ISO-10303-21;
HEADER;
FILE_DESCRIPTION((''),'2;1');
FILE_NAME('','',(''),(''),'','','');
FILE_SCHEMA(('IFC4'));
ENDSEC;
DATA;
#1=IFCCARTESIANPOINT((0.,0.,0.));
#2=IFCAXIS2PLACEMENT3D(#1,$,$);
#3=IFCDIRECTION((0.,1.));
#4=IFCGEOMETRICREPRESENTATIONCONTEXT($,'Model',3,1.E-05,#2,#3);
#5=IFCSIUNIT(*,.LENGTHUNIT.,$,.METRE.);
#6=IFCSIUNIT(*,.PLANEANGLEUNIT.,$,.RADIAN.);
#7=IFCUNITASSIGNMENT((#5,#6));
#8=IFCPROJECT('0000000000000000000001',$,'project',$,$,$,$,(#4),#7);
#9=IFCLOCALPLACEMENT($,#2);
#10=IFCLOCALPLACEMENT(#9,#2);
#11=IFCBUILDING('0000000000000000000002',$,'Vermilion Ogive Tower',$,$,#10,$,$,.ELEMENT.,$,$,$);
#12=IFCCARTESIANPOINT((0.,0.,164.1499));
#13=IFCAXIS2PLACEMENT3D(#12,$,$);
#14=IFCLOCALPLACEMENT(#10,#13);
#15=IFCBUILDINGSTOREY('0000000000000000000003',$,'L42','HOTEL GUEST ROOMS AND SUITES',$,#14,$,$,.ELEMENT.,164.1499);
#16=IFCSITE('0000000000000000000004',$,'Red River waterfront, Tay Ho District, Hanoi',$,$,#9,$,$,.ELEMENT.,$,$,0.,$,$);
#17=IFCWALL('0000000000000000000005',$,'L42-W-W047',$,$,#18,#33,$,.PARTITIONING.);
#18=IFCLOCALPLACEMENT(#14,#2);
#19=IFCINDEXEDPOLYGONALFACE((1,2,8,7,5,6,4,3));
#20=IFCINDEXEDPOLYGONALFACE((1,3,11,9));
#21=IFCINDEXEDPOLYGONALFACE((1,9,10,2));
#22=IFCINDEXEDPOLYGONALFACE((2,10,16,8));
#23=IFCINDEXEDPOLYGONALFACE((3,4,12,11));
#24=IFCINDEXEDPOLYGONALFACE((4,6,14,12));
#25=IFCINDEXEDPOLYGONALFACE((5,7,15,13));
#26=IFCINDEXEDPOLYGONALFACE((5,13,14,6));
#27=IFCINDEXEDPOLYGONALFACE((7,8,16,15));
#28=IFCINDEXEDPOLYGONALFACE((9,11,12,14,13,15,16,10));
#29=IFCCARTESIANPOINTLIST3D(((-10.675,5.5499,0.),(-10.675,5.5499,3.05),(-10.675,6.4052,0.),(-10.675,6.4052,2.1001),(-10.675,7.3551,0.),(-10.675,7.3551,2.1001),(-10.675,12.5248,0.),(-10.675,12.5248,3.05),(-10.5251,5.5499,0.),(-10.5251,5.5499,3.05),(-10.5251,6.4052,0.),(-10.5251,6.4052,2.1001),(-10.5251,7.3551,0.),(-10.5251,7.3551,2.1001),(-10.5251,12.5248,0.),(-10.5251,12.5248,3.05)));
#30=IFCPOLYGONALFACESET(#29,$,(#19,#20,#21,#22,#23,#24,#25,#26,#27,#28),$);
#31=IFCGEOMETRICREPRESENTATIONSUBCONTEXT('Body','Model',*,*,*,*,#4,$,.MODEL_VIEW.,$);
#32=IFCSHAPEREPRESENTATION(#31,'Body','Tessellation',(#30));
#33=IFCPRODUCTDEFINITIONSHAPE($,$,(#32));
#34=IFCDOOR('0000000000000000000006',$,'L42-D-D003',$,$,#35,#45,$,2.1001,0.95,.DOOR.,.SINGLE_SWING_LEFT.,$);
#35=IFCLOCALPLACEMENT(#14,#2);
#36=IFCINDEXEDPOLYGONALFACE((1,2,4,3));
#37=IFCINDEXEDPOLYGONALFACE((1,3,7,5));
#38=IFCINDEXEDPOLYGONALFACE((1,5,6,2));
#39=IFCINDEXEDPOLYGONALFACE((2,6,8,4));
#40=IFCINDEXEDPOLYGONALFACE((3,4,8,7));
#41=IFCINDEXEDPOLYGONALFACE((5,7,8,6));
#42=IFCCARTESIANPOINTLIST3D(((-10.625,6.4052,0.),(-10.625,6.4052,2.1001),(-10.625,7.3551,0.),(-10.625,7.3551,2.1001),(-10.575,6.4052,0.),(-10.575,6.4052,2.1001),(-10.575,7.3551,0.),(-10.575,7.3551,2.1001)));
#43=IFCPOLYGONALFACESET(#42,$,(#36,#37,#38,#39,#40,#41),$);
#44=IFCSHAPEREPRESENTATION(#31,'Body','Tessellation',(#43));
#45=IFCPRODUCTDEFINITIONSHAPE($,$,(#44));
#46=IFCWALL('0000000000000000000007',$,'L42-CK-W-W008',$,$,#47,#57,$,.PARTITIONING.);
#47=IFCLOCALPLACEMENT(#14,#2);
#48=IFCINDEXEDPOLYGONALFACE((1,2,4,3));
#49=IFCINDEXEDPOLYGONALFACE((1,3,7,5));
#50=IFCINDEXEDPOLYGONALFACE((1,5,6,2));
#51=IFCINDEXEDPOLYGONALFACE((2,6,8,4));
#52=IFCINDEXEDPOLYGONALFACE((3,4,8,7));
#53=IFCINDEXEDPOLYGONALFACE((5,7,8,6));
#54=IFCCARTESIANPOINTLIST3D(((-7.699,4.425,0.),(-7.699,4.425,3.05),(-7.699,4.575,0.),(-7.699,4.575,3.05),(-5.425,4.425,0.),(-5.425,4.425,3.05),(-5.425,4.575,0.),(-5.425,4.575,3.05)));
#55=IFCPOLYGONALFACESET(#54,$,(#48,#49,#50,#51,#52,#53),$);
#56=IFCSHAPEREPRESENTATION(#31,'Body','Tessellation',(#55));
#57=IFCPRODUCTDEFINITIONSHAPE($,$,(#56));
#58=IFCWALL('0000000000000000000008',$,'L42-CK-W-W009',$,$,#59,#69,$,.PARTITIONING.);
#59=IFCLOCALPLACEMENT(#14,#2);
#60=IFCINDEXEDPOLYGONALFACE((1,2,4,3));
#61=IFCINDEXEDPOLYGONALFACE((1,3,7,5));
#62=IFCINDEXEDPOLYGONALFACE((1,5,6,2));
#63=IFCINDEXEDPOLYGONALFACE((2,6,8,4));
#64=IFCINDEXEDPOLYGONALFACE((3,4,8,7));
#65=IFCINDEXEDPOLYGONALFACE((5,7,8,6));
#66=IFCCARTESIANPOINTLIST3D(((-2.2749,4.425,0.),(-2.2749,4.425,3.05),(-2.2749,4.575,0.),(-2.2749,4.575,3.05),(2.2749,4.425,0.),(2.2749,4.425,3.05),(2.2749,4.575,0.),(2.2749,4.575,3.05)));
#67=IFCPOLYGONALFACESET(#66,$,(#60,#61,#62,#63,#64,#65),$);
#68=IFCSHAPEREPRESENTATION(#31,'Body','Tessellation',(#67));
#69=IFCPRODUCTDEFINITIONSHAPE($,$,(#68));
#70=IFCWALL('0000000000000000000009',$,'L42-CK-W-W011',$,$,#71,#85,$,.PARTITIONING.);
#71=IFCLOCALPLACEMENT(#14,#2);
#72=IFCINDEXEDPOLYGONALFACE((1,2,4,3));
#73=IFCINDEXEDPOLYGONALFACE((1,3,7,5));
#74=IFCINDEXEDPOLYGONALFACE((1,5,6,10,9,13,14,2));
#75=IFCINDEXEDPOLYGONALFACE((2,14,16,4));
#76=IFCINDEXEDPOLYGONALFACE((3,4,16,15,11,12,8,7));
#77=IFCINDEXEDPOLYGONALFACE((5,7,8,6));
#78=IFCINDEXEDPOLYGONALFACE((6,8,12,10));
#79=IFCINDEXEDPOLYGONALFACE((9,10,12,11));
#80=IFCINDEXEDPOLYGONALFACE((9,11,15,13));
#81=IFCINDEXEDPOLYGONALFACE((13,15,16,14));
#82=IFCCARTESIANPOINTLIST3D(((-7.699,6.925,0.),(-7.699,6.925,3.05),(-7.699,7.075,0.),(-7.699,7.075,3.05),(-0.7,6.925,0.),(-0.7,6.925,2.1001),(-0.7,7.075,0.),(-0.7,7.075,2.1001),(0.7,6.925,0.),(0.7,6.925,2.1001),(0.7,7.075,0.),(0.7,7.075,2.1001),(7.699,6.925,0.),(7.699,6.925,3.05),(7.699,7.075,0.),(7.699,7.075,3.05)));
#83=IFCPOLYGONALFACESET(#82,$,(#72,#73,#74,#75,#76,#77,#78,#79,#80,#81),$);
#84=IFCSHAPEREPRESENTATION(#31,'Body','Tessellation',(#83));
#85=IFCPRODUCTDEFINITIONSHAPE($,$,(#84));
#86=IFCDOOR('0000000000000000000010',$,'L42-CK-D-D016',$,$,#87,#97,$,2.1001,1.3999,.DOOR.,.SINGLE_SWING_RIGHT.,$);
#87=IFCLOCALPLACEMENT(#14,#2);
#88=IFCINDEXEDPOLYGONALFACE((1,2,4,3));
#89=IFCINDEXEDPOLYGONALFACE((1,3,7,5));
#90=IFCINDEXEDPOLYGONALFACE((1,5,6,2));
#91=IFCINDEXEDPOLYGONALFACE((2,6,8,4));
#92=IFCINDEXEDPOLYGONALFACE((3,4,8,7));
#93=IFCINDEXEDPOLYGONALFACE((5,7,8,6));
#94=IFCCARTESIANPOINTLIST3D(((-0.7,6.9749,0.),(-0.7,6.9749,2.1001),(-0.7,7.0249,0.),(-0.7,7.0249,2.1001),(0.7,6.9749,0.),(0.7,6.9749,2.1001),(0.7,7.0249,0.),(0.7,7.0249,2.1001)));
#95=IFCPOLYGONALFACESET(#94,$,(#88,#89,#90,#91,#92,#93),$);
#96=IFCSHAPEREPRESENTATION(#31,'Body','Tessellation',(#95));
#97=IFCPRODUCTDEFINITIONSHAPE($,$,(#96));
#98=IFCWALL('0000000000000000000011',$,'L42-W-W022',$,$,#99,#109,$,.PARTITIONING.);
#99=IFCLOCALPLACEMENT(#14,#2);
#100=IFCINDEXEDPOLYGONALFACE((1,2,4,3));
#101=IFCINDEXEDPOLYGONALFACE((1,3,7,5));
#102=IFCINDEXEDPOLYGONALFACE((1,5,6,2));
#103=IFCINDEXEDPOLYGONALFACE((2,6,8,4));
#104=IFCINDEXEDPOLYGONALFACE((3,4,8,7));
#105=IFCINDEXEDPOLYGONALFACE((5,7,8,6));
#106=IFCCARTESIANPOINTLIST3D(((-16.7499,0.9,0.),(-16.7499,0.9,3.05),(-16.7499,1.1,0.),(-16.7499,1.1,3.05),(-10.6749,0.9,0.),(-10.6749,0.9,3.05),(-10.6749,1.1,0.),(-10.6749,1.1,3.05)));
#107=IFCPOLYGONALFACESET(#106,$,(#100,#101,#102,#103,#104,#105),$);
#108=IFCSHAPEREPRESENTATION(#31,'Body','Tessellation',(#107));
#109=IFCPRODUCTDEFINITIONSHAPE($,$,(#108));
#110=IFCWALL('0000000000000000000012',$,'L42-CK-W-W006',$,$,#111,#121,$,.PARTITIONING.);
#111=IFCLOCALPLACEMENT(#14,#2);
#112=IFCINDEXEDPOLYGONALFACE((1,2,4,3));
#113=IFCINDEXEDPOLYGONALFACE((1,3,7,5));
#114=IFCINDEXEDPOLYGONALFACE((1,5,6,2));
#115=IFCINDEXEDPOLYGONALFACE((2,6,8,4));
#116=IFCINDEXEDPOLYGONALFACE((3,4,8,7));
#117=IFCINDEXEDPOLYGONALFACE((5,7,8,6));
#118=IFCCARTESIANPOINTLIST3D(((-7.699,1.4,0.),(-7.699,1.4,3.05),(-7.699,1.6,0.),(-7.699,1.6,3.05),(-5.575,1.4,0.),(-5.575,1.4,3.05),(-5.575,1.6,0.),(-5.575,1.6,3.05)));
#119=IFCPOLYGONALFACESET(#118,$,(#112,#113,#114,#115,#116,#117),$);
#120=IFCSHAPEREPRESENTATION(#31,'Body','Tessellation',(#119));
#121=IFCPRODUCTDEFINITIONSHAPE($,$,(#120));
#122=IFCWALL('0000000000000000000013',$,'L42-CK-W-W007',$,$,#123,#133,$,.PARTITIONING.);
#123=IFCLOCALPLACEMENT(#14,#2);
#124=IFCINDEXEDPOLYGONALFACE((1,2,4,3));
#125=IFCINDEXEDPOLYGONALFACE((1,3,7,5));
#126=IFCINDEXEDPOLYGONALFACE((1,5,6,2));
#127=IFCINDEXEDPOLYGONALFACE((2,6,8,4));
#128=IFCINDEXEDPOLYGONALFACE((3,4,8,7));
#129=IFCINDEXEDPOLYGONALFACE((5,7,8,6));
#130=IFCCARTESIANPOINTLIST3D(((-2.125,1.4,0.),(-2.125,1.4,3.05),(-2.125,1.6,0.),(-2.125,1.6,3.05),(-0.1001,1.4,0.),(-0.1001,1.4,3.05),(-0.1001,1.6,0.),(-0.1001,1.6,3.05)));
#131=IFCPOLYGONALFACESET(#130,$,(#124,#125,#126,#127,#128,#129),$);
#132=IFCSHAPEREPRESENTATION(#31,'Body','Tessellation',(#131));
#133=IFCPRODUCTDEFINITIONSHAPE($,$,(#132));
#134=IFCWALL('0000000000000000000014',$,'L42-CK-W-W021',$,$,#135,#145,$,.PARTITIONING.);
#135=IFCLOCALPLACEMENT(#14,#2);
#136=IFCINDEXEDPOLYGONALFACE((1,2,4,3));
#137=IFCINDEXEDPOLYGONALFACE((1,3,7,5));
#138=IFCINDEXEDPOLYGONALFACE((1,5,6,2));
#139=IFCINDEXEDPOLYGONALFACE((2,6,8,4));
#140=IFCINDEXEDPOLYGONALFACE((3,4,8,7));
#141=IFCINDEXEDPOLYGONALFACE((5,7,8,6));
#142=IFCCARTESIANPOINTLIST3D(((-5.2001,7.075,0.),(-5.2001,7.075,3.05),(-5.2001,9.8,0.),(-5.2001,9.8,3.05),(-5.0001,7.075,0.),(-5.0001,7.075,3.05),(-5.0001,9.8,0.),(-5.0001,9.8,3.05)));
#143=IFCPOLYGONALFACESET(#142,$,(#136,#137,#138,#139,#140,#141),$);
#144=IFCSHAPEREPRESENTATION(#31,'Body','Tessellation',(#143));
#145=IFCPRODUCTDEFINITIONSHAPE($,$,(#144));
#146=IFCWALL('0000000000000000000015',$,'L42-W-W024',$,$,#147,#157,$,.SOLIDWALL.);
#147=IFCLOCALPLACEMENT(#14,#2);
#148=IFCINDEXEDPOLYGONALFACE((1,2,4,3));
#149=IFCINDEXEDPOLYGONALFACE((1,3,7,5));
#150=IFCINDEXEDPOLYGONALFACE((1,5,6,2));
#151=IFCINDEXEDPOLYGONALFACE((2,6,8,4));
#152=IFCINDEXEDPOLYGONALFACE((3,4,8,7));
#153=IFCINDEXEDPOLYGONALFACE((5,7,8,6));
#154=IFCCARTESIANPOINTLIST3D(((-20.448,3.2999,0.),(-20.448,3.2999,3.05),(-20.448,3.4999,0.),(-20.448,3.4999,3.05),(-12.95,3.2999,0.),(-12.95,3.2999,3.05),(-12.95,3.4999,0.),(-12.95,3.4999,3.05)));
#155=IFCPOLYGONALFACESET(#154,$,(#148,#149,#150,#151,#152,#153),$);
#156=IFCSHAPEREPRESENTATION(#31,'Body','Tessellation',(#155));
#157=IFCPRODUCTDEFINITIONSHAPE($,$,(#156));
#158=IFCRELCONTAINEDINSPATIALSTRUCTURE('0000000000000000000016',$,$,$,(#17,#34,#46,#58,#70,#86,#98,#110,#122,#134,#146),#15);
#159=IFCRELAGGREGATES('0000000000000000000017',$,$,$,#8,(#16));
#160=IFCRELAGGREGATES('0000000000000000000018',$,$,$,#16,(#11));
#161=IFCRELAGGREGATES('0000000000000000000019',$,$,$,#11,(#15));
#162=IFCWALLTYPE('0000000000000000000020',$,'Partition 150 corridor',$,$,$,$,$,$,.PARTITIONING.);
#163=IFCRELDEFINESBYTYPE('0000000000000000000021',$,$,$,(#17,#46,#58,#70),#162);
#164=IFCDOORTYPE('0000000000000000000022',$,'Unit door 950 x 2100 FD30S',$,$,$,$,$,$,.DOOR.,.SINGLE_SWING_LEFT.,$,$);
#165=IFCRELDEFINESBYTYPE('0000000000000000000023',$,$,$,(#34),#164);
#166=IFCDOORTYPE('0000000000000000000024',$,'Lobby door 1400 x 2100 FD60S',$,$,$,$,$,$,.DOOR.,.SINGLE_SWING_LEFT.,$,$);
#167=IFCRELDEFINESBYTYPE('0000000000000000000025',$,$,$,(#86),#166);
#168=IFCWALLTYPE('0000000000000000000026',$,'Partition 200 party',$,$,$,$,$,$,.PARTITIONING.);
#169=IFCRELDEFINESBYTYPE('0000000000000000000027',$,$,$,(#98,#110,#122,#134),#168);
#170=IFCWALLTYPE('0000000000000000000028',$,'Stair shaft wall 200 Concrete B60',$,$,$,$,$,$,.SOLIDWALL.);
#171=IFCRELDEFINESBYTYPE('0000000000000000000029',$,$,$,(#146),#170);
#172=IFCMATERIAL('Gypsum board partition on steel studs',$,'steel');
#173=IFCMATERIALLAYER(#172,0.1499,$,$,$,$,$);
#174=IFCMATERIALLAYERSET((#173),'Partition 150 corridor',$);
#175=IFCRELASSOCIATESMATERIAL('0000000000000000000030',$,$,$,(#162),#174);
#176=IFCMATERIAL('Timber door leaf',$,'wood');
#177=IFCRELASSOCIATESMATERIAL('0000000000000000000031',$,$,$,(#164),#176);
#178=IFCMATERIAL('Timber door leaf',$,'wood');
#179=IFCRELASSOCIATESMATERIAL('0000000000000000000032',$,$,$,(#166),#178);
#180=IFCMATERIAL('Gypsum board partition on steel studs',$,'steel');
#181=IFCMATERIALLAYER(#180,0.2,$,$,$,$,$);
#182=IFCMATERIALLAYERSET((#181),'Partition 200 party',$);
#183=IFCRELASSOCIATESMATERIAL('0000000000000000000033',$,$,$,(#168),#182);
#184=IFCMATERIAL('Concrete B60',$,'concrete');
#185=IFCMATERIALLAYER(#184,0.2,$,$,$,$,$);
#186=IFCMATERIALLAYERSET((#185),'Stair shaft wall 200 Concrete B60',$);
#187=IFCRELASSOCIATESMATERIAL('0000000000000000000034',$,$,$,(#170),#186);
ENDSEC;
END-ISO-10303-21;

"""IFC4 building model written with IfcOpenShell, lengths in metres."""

from ifc_helpers import new_model, si_unit, direction, frame, frame_2d, origin, place, context, subcontext, project, spatial, rectangle, extrude, material, layer, layer_set, type_object, element, fill, save


model = new_model("IFC4")

# Units and contexts
model_context = context("Model", 3, precision=1e-05, world=origin(), true_north=direction((0.0, 1.0)))
body_context = subcontext(model_context, "Body", "Model", "MODEL_VIEW")
ifc_project = project(units=[si_unit("LENGTHUNIT", "METRE"), si_unit("PLANEANGLEUNIT", "RADIAN")], contexts=[model_context])

# Site, building, storey
site_placement = place(None, origin())
site = spatial("IfcSite", under=ifc_project, at=site_placement, Name="Red River waterfront, Tay Ho District, Hanoi", CompositionType="ELEMENT", RefElevation=0.0)
building_placement = place(site_placement, origin())
building = spatial("IfcBuilding", under=site, at=building_placement, Name="Vermilion Ogive Tower", CompositionType="ELEMENT")
storey_placement = place(building_placement, frame((0.0, 0.0, 164.1499)))
storey = spatial("IfcBuildingStorey", under=building, at=storey_placement, Name="L42", Description="HOTEL GUEST ROOMS AND SUITES", CompositionType="ELEMENT", Elevation=164.1499)

# Wall, opening, door
ifc_material_1 = material(Name="Gypsum board partition on steel studs", Category="steel")
ifc_layer_1 = layer(ifc_material_1, 0.1499)
ifc_layer_set_1 = layer_set([ifc_layer_1], Name="Partition 150 corridor")
wall_type_1 = type_object("IfcWallType", Name="Partition 150 corridor", PredefinedType="PARTITIONING", material=ifc_layer_set_1)
wall_1_placement = place(storey_placement, frame((-10.6001, 5.55, 0.0), z_axis=(0.0, 0.0, 1.0), x_axis=(0.0, 1.0, 0.0)))
wall_1 = element("IfcWall", 1, at=wall_1_placement, inside=storey, type_object=wall_type_1, Name="L42-W-W047", PredefinedType="PARTITIONING", context=body_context, shape_type="SweptSolid", body=[
    extrude(rectangle(XDim=6.9749, YDim=0.1499, at=frame_2d((3.4873, 0.0))), origin(), (0.0, 0.0, 1.0), 3.05),
])
opening_1_placement = place(wall_1_placement, frame((0.855, 0.0, 0.0)))
opening_1 = element("IfcOpeningElement", 2, at=opening_1_placement, cuts=wall_1, PredefinedType="OPENING", context=body_context, shape_type="SweptSolid", body=[
    extrude(rectangle(XDim=0.95, YDim=2.1001, at=frame_2d((0.4751, 1.05))), frame((0.0, 0.085, 0.0), z_axis=(0.0, -1.0, 0.0), x_axis=(1.0, 0.0, 0.0)), (0.0, 0.0, 1.0), 0.1699),
])
ifc_material_2 = material(Name="Timber door leaf", Category="wood")
door_type_1 = type_object("IfcDoorType", Name="Unit door 950 x 2100 FD30S", OperationType="SINGLE_SWING_LEFT", PredefinedType="DOOR", material=ifc_material_2)
door_1_placement = place(opening_1_placement, origin())
door_1 = element("IfcDoor", 3, at=door_1_placement, inside=storey, type_object=door_type_1, Name="L42-D-D003", OperationType="SINGLE_SWING_LEFT", OverallHeight=2.1001, OverallWidth=0.95, PredefinedType="DOOR", context=body_context, shape_type="SweptSolid", body=[
    extrude(rectangle(XDim=0.95, YDim=2.1001, at=frame_2d((0.4751, 1.05))), frame((0.0, 0.0249, 0.0), z_axis=(0.0, -1.0, 0.0), x_axis=(1.0, 0.0, 0.0)), (0.0, 0.0, 1.0), 0.05),
])
fill(opening_1, door_1)

# Walls
wall_2_placement = place(storey_placement, frame((-7.699, 4.5, 0.0), z_axis=(0.0, 0.0, 1.0), x_axis=(1.0, 0.0, 0.0)))
element("IfcWall", 4, at=wall_2_placement, inside=storey, type_object=wall_type_1, Name="L42-CK-W-W008", PredefinedType="PARTITIONING", context=body_context, shape_type="SweptSolid", body=[
    extrude(rectangle(XDim=2.2739, YDim=0.1499, at=frame_2d((1.137, 0.0))), origin(), (0.0, 0.0, 1.0), 3.05),
])
wall_3_placement = place(storey_placement, frame((-2.2749, 4.5, 0.0), z_axis=(0.0, 0.0, 1.0), x_axis=(1.0, 0.0, 0.0)))
element("IfcWall", 5, at=wall_3_placement, inside=storey, type_object=wall_type_1, Name="L42-CK-W-W009", PredefinedType="PARTITIONING", context=body_context, shape_type="SweptSolid", body=[
    extrude(rectangle(XDim=4.5498, YDim=0.1499, at=frame_2d((2.2749, 0.0))), origin(), (0.0, 0.0, 1.0), 3.05),
])

# Wall, opening, door
wall_4_placement = place(storey_placement, frame((-7.699, 7.0, 0.0), z_axis=(0.0, 0.0, 1.0), x_axis=(1.0, 0.0, 0.0)))
wall_4 = element("IfcWall", 6, at=wall_4_placement, inside=storey, type_object=wall_type_1, Name="L42-CK-W-W011", PredefinedType="PARTITIONING", context=body_context, shape_type="SweptSolid", body=[
    extrude(rectangle(XDim=15.3979, YDim=0.1499, at=frame_2d((7.699, 0.0))), origin(), (0.0, 0.0, 1.0), 3.05),
])
opening_2_placement = place(wall_4_placement, frame((6.999, 0.0, 0.0)))
opening_2 = element("IfcOpeningElement", 7, at=opening_2_placement, cuts=wall_4, PredefinedType="OPENING", context=body_context, shape_type="SweptSolid", body=[
    extrude(rectangle(XDim=1.3999, YDim=2.1001, at=frame_2d((0.7, 1.05))), frame((0.0, 0.085, 0.0), z_axis=(0.0, -1.0, 0.0), x_axis=(1.0, 0.0, 0.0)), (0.0, 0.0, 1.0), 0.1699),
])
ifc_material_3 = material(Name="Timber door leaf", Category="wood")
door_type_2 = type_object("IfcDoorType", Name="Lobby door 1400 x 2100 FD60S", OperationType="SINGLE_SWING_LEFT", PredefinedType="DOOR", material=ifc_material_3)
door_2_placement = place(opening_2_placement, origin())
door_2 = element("IfcDoor", 8, at=door_2_placement, inside=storey, type_object=door_type_2, Name="L42-CK-D-D016", OperationType="SINGLE_SWING_RIGHT", OverallHeight=2.1001, OverallWidth=1.3999, PredefinedType="DOOR", context=body_context, shape_type="SweptSolid", body=[
    extrude(rectangle(XDim=1.3999, YDim=2.1001, at=frame_2d((0.7, 1.05))), frame((0.0, 0.0249, 0.0), z_axis=(0.0, -1.0, 0.0), x_axis=(1.0, 0.0, 0.0)), (0.0, 0.0, 1.0), 0.05),
])
fill(opening_2, door_2)

# Walls
ifc_material_4 = material(Name="Gypsum board partition on steel studs", Category="steel")
ifc_layer_2 = layer(ifc_material_4, 0.2)
ifc_layer_set_2 = layer_set([ifc_layer_2], Name="Partition 200 party")
wall_type_2 = type_object("IfcWallType", Name="Partition 200 party", PredefinedType="PARTITIONING", material=ifc_layer_set_2)
wall_5_placement = place(storey_placement, frame((-16.75, 1.0, 0.0), z_axis=(0.0, 0.0, 1.0), x_axis=(1.0, 0.0, 0.0)))
element("IfcWall", 9, at=wall_5_placement, inside=storey, type_object=wall_type_2, Name="L42-W-W022", PredefinedType="PARTITIONING", context=body_context, shape_type="SweptSolid", body=[
    extrude(rectangle(XDim=6.075, YDim=0.2, at=frame_2d((3.0376, 0.0))), origin(), (0.0, 0.0, 1.0), 3.05),
])
wall_6_placement = place(storey_placement, frame((-7.699, 1.5, 0.0), z_axis=(0.0, 0.0, 1.0), x_axis=(1.0, 0.0, 0.0)))
element("IfcWall", 10, at=wall_6_placement, inside=storey, type_object=wall_type_2, Name="L42-CK-W-W006", PredefinedType="PARTITIONING", context=body_context, shape_type="SweptSolid", body=[
    extrude(rectangle(XDim=2.124, YDim=0.2, at=frame_2d((1.062, 0.0))), origin(), (0.0, 0.0, 1.0), 3.05),
])
wall_7_placement = place(storey_placement, frame((-2.125, 1.5, 0.0), z_axis=(0.0, 0.0, 1.0), x_axis=(1.0, 0.0, 0.0)))
element("IfcWall", 11, at=wall_7_placement, inside=storey, type_object=wall_type_2, Name="L42-CK-W-W007", PredefinedType="PARTITIONING", context=body_context, shape_type="SweptSolid", body=[
    extrude(rectangle(XDim=2.0249, YDim=0.2, at=frame_2d((1.0125, 0.0))), origin(), (0.0, 0.0, 1.0), 3.05),
])
wall_8_placement = place(storey_placement, frame((-5.1001, 7.075, 0.0), z_axis=(0.0, 0.0, 1.0), x_axis=(0.0, 1.0, 0.0)))
element("IfcWall", 12, at=wall_8_placement, inside=storey, type_object=wall_type_2, Name="L42-CK-W-W021", PredefinedType="PARTITIONING", context=body_context, shape_type="SweptSolid", body=[
    extrude(rectangle(XDim=2.7251, YDim=0.2, at=frame_2d((1.3625, 0.0))), origin(), (0.0, 0.0, 1.0), 3.05),
])
ifc_material_5 = material(Name="Concrete B60", Category="concrete")
ifc_layer_3 = layer(ifc_material_5, 0.2)
ifc_layer_set_3 = layer_set([ifc_layer_3], Name="Stair shaft wall 200 Concrete B60")
wall_type_3 = type_object("IfcWallType", Name="Stair shaft wall 200 Concrete B60", PredefinedType="SOLIDWALL", material=ifc_layer_set_3)
wall_9_placement = place(storey_placement, frame((-20.448, 3.3999, 0.0), z_axis=(0.0, 0.0, 1.0), x_axis=(1.0, 0.0, 0.0)))
element("IfcWall", 13, at=wall_9_placement, inside=storey, type_object=wall_type_3, Name="L42-W-W024", PredefinedType="SOLIDWALL", context=body_context, shape_type="SweptSolid", body=[
    extrude(rectangle(XDim=7.498, YDim=0.2, at=frame_2d((3.749, 0.0))), origin(), (0.0, 0.0, 1.0), 3.05),
])

save(model, "model.ifc")
